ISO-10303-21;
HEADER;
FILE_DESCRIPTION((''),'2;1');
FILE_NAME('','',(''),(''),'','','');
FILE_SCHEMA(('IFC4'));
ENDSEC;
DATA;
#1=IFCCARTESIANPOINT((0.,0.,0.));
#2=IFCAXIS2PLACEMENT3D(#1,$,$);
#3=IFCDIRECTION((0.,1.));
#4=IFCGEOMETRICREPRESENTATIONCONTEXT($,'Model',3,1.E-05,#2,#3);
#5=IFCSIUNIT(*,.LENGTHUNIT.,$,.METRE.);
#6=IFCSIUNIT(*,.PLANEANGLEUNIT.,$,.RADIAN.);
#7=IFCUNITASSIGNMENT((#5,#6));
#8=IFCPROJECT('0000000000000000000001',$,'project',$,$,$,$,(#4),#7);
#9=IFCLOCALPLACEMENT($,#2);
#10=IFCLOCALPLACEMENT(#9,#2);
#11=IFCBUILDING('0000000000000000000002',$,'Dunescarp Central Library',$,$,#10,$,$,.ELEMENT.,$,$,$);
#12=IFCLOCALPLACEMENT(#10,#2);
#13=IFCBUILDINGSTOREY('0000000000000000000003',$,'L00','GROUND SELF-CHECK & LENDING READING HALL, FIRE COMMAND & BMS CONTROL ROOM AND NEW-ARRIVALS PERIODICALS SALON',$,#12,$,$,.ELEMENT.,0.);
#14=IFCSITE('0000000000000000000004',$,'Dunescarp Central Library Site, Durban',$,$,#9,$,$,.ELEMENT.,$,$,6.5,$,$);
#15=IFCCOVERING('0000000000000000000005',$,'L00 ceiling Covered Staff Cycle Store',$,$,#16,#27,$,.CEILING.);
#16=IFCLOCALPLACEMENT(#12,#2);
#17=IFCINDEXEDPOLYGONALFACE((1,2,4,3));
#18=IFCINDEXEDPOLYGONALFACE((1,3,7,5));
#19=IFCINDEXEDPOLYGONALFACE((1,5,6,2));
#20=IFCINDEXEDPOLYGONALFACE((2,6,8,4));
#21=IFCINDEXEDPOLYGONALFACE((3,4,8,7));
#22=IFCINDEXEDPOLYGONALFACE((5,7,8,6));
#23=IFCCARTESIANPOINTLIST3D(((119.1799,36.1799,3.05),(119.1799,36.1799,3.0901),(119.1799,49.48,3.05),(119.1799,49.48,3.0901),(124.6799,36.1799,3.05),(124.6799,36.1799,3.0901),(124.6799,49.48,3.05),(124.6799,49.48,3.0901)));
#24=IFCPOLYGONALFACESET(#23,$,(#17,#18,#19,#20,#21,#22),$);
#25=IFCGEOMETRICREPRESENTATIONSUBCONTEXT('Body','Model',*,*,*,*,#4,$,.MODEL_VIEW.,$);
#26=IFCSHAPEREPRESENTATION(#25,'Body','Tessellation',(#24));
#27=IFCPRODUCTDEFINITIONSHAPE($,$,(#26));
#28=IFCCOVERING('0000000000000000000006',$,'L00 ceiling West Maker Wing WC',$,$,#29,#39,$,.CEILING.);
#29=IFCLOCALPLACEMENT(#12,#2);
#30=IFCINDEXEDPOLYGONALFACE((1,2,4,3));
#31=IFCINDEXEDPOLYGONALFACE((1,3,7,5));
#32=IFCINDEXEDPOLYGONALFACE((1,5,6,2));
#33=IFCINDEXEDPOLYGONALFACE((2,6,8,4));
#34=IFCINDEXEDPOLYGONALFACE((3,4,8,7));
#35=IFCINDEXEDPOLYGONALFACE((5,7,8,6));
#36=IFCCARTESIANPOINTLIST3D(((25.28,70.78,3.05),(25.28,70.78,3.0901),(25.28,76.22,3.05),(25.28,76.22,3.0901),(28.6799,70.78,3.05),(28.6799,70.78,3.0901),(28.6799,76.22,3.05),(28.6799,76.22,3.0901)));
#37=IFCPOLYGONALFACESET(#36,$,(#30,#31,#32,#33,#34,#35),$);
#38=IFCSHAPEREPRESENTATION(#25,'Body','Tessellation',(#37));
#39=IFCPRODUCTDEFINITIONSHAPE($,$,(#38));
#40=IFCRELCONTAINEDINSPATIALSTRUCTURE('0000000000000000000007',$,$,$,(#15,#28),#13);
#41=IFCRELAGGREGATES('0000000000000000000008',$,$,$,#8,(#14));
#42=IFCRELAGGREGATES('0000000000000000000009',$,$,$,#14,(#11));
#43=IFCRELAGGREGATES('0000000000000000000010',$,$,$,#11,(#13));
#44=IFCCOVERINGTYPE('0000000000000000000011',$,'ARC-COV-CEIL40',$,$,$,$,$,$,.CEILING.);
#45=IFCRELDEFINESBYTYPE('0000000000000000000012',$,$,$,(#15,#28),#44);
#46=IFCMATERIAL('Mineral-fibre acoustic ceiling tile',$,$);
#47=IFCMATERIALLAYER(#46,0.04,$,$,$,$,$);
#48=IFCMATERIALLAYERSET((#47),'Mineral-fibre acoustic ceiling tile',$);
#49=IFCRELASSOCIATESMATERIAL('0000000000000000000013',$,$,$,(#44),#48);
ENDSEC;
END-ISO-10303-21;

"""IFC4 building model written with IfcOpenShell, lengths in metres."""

from ifc_helpers import new_model, si_unit, direction, frame, origin, place, context, subcontext, project, spatial, polyline, outline, extrude, material, layer, layer_set, type_object, element, save


model = new_model("IFC4")

# Units and contexts
model_context = context("Model", 3, precision=1e-05, world=origin(), true_north=direction((0.0, 1.0)))
body_context = subcontext(model_context, "Body", "Model", "MODEL_VIEW")
ifc_project = project(units=[si_unit("LENGTHUNIT", "METRE"), si_unit("PLANEANGLEUNIT", "RADIAN")], contexts=[model_context])

# Site, building, storey
site_placement = place(None, origin())
site = spatial("IfcSite", under=ifc_project, at=site_placement, Name="Dunescarp Central Library Site, Durban", CompositionType="ELEMENT", RefElevation=6.5)
building_placement = place(site_placement, origin())
building = spatial("IfcBuilding", under=site, at=building_placement, Name="Dunescarp Central Library", CompositionType="ELEMENT")
storey_placement = place(building_placement, origin())
storey = spatial("IfcBuildingStorey", under=building, at=storey_placement, Name="L00", Description="GROUND SELF-CHECK & LENDING READING HALL, FIRE COMMAND & BMS CONTROL ROOM AND NEW-ARRIVALS PERIODICALS SALON", CompositionType="ELEMENT", Elevation=0.0)

# Coverings
ifc_material_1 = material(Name="Mineral-fibre acoustic ceiling tile")
ifc_layer_1 = layer(ifc_material_1, 0.04)
ifc_layer_set_1 = layer_set([ifc_layer_1], Name="Mineral-fibre acoustic ceiling tile")
covering_type_1 = type_object("IfcCoveringType", Name="ARC-COV-CEIL40", PredefinedType="CEILING", material=ifc_layer_set_1)
covering_1_placement = place(storey_placement, frame((0.0, 0.0, 3.05)))
element("IfcCovering", 1, at=covering_1_placement, inside=storey, type_object=covering_type_1, Name="L00 ceiling Covered Staff Cycle Store", PredefinedType="CEILING", context=body_context, shape_type="SweptSolid", body=[
    extrude(outline(polyline([(119.1799, 36.1799), (124.6799, 36.1799), (124.6799, 49.48), (119.1799, 49.48), (119.1799, 36.1799)])), origin(), (0.0, 0.0, 1.0), 0.04),
])
covering_2_placement = place(storey_placement, frame((0.0, 0.0, 3.05)))
element("IfcCovering", 2, at=covering_2_placement, inside=storey, type_object=covering_type_1, Name="L00 ceiling West Maker Wing WC", PredefinedType="CEILING", context=body_context, shape_type="SweptSolid", body=[
    extrude(outline(polyline([(25.28, 70.78), (28.6799, 70.78), (28.6799, 76.22), (25.28, 76.22), (25.28, 70.78)])), origin(), (0.0, 0.0, 1.0), 0.04),
])

save(model, "model.ifc")
